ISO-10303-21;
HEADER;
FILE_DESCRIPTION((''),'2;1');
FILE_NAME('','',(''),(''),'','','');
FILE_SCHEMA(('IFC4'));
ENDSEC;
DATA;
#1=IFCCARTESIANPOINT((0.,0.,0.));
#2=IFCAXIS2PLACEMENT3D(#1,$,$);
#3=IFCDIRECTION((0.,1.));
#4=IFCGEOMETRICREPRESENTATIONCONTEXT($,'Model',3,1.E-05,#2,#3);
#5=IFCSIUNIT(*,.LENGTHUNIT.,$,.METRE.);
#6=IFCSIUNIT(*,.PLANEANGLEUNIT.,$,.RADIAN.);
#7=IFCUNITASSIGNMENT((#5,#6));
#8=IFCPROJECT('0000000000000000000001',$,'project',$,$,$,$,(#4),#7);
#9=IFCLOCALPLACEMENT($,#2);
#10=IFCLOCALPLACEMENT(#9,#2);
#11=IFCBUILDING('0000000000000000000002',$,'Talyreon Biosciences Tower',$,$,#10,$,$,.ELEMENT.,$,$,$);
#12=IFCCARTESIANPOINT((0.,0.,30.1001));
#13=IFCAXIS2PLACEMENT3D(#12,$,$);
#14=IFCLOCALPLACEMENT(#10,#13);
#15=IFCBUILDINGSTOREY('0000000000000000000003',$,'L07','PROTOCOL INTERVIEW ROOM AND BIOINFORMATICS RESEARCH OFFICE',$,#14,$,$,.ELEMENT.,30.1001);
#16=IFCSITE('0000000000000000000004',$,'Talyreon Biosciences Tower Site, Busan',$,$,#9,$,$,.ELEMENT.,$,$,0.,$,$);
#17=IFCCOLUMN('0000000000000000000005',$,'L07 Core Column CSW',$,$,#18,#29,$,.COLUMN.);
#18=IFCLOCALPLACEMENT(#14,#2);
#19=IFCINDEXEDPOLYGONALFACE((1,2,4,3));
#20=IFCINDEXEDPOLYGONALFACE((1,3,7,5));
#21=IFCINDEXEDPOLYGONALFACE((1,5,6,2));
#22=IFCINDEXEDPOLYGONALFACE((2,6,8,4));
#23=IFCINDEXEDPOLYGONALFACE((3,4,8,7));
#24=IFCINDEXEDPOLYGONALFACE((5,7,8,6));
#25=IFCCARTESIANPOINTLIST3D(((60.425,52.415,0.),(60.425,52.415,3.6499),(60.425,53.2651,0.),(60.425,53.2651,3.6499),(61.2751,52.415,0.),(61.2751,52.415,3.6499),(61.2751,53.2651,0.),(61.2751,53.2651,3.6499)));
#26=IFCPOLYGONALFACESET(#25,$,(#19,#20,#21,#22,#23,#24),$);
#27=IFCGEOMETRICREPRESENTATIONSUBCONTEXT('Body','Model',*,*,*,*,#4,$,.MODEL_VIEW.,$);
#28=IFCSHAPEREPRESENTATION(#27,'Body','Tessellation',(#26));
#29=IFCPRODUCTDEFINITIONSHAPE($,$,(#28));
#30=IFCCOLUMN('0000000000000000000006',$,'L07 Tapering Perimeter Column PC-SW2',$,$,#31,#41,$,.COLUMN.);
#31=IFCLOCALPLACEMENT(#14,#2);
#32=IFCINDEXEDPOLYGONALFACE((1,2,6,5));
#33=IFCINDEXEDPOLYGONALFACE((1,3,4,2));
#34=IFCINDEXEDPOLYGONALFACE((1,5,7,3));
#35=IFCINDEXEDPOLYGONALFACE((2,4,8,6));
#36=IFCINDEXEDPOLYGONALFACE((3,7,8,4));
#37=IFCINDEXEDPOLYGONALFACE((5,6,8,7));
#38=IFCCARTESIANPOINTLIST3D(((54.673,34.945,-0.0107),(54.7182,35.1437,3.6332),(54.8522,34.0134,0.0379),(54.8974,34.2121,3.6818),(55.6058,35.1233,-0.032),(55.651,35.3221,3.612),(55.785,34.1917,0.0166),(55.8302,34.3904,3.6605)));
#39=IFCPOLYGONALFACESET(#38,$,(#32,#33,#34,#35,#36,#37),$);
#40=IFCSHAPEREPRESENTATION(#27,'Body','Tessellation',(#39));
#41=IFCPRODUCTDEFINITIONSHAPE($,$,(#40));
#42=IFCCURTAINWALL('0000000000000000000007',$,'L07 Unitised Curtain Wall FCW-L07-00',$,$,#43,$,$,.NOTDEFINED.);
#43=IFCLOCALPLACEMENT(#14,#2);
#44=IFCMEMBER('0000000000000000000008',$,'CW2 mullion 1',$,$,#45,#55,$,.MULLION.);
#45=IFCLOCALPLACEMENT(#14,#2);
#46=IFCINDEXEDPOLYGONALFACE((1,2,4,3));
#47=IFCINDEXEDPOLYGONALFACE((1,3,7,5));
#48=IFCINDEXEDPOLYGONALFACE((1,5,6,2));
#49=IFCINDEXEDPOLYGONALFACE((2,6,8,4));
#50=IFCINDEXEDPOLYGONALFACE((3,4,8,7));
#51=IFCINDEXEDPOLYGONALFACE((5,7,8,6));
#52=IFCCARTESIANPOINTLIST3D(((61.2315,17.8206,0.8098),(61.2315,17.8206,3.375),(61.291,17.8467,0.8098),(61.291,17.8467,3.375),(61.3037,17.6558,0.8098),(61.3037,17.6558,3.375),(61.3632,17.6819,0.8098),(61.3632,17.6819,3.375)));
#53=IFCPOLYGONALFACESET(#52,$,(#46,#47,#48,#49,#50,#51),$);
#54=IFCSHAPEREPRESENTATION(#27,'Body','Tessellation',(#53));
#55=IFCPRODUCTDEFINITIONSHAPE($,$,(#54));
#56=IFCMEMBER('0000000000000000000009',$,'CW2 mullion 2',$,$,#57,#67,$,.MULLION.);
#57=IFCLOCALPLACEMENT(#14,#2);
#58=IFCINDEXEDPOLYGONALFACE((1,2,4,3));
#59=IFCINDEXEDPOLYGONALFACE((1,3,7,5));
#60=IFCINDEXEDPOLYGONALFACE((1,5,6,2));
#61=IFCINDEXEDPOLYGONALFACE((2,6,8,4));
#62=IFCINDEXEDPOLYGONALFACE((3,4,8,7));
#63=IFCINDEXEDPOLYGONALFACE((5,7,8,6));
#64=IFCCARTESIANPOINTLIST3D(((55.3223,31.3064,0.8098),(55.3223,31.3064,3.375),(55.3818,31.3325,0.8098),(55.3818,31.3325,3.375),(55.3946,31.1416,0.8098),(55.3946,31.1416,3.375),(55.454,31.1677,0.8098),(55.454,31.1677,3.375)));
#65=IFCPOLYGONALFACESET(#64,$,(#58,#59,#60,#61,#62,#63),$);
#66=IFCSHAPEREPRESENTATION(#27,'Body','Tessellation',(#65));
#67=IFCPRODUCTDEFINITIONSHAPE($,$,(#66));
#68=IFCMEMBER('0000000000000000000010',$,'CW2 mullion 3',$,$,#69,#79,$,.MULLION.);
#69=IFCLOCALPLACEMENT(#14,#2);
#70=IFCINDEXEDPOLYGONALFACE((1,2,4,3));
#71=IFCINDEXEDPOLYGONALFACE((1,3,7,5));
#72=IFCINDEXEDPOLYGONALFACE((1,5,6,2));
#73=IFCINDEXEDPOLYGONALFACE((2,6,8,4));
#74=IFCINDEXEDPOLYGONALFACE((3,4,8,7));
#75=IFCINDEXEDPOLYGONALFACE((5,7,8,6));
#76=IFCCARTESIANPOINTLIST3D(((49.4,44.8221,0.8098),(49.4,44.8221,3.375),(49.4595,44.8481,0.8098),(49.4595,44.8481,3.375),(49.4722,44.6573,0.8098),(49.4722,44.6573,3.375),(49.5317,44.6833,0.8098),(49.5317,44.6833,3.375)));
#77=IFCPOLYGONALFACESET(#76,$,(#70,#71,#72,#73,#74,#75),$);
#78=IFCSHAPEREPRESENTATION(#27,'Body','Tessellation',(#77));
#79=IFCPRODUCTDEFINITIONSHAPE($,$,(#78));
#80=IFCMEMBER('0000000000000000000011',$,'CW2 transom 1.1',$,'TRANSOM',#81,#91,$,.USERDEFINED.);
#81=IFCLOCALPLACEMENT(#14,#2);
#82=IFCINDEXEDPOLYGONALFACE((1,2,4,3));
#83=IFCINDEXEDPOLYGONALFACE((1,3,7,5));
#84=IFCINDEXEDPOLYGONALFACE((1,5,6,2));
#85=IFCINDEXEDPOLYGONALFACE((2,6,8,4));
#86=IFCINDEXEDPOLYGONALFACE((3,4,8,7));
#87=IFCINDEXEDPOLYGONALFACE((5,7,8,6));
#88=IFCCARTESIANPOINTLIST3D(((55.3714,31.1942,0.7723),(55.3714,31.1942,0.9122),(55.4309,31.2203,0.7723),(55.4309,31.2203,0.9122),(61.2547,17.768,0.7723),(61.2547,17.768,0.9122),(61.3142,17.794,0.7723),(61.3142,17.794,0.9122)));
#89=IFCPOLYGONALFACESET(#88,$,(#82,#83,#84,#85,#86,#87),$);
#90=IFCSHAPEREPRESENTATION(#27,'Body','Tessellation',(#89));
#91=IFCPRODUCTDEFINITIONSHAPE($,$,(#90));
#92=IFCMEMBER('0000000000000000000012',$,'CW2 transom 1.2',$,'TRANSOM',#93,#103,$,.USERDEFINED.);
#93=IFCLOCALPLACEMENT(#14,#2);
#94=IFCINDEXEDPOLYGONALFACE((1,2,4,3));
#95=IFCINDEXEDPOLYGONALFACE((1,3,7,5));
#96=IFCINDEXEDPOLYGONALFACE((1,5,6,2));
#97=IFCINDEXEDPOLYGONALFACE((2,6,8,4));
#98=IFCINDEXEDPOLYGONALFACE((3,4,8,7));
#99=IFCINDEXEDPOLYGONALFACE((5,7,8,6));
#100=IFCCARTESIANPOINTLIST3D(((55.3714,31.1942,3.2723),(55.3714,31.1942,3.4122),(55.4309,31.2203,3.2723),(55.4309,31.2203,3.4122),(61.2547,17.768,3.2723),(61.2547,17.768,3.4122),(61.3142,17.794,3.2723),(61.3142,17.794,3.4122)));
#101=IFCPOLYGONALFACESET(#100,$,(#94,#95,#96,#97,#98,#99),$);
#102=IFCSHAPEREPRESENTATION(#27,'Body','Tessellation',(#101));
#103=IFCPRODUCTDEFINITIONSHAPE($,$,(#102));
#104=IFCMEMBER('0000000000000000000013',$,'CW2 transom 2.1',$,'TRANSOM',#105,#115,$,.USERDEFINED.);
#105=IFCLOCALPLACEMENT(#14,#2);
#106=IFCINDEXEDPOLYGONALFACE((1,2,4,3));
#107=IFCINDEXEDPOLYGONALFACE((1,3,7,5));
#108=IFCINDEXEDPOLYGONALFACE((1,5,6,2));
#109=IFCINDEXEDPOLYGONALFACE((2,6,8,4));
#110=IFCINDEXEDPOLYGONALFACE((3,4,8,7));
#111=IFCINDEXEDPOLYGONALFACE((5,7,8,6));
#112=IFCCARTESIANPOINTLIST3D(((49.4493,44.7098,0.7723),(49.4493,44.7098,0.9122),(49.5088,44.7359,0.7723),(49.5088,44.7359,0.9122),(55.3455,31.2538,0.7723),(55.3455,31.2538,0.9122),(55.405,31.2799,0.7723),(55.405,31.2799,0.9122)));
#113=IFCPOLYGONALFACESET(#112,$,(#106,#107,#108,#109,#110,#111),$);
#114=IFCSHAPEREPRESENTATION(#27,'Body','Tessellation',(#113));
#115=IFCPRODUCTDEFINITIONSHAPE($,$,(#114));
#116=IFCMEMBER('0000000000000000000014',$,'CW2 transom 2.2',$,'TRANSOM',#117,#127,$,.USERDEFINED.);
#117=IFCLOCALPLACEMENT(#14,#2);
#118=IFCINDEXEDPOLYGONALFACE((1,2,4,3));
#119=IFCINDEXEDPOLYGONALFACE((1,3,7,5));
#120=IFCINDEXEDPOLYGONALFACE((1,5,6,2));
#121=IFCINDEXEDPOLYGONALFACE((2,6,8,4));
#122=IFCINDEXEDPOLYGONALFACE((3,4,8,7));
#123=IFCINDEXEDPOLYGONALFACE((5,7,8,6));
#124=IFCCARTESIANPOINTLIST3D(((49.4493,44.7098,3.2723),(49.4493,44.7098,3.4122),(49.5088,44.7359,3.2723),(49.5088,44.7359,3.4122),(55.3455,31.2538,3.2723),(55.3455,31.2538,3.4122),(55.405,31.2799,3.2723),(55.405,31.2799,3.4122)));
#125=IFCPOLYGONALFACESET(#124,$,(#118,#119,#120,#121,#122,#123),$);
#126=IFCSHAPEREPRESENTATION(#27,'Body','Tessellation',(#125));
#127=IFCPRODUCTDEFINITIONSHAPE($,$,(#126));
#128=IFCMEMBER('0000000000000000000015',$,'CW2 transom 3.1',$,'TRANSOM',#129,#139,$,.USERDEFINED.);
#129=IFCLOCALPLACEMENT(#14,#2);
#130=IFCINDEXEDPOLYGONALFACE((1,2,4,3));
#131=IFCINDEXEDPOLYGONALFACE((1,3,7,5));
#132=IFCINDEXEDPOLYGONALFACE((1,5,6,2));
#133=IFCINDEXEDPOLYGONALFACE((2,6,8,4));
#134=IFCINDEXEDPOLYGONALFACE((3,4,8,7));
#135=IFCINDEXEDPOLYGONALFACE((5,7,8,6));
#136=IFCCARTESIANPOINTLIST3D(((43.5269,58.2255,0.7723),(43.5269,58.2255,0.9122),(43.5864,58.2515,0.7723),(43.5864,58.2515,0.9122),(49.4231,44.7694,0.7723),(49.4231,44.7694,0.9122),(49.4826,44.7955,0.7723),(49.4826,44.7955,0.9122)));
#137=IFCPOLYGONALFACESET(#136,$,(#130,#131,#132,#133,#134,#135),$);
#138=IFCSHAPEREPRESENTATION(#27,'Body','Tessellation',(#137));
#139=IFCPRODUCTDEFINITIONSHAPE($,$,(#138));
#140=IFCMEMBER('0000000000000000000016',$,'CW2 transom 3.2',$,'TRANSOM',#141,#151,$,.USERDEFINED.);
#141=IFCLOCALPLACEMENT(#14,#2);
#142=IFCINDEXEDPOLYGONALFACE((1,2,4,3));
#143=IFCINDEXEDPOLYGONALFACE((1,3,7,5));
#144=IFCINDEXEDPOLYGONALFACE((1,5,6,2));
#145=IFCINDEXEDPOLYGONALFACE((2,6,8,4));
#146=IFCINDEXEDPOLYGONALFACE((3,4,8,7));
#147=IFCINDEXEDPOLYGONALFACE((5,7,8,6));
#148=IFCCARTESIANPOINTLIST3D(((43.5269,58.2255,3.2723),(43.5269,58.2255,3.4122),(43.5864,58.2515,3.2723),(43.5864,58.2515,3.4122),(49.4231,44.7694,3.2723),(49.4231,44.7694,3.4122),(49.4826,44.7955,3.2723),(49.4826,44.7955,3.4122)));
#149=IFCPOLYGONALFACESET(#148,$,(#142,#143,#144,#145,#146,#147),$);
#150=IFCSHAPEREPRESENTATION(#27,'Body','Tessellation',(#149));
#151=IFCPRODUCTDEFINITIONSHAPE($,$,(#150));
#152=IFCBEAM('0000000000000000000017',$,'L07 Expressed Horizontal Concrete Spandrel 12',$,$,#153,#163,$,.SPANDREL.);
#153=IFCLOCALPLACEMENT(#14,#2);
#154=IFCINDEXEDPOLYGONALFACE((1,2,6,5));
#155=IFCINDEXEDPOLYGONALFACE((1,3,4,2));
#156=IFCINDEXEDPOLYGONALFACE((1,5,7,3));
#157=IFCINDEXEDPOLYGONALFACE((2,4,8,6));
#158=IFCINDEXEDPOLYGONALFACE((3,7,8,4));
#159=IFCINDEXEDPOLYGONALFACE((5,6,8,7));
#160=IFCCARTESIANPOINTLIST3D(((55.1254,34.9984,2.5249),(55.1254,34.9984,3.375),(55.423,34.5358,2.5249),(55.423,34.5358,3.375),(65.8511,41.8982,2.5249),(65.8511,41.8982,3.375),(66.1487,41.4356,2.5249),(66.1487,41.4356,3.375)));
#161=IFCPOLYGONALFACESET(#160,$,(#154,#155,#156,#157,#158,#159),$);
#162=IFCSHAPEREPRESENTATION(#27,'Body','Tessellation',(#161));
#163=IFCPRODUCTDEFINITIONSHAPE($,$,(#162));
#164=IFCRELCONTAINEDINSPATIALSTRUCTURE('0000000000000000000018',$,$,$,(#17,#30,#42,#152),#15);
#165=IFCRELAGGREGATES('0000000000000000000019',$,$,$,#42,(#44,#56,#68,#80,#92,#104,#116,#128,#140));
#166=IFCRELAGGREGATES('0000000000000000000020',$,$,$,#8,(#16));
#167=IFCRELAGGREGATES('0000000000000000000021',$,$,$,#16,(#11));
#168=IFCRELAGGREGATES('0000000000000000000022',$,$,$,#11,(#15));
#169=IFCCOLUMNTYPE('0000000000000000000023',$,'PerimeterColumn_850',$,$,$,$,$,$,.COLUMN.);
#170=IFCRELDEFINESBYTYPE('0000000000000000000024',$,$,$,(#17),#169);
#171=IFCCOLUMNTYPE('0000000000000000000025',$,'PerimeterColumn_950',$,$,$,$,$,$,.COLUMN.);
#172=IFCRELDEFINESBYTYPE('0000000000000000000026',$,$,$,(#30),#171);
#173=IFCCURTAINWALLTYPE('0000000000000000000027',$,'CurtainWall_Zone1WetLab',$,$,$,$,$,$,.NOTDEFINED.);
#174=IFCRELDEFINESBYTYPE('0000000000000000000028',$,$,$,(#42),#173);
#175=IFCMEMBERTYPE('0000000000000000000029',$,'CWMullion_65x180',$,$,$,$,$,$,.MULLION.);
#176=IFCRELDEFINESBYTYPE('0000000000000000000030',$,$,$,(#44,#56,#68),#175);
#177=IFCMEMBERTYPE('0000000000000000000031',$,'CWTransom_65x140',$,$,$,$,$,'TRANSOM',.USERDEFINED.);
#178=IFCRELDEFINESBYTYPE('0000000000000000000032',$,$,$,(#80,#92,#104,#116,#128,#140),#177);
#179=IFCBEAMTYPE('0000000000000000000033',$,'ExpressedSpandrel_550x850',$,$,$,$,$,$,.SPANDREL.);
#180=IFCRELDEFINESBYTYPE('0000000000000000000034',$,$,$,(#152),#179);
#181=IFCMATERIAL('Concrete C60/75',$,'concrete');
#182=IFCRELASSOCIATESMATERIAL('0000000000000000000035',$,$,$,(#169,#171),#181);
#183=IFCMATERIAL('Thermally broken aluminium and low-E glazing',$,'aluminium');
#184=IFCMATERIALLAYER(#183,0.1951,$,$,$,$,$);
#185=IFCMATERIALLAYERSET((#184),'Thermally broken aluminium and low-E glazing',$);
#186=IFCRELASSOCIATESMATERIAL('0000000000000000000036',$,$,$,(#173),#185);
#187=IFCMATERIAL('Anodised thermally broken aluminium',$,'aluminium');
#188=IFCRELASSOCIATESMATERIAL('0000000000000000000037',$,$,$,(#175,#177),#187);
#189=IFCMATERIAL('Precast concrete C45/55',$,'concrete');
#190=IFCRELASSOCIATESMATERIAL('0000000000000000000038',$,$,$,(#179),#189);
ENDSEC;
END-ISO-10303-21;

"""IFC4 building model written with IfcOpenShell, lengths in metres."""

from ifc_helpers import new_model, si_unit, direction, frame, origin, origin_2d, place, context, subcontext, project, spatial, rectangle, extrude, material, layer, layer_set, material_profile, profile_set, type_object, element, aggregate, save


model = new_model("IFC4")

# Units and contexts
model_context = context("Model", 3, precision=1e-05, world=origin(), true_north=direction((0.0, 1.0)))
body_context = subcontext(model_context, "Body", "Model", "MODEL_VIEW")
ifc_project = project(units=[si_unit("LENGTHUNIT", "METRE"), si_unit("PLANEANGLEUNIT", "RADIAN")], contexts=[model_context])

# Site, building, storey
site_placement = place(None, origin())
site = spatial("IfcSite", under=ifc_project, at=site_placement, Name="Talyreon Biosciences Tower Site, Busan", CompositionType="ELEMENT", RefElevation=0.0)
building_placement = place(site_placement, origin())
building = spatial("IfcBuilding", under=site, at=building_placement, Name="Talyreon Biosciences Tower", CompositionType="ELEMENT")
storey_placement = place(building_placement, frame((0.0, 0.0, 30.1001)))
storey = spatial("IfcBuildingStorey", under=building, at=storey_placement, Name="L07", Description="PROTOCOL INTERVIEW ROOM AND BIOINFORMATICS RESEARCH OFFICE", CompositionType="ELEMENT", Elevation=30.1001)

# Columns
ifc_material_1 = material(Name="Concrete C60/75", Category="concrete")
ifc_material_profile_1 = material_profile(ifc_material_1, rectangle(XDim=0.8501, YDim=0.8501, at=origin_2d()), Name="RC 850x850")
ifc_profile_set_1 = profile_set([ifc_material_profile_1], Name="Concrete C60/75")
column_type_1 = type_object("IfcColumnType", Name="PerimeterColumn_850", PredefinedType="COLUMN", material=ifc_profile_set_1)
column_1_placement = place(storey_placement, frame((60.8501, 52.8401, 0.0), z_axis=(0.0, 0.0, 1.0), x_axis=(1.0, 0.0, 0.0)))
element("IfcColumn", 1, at=column_1_placement, inside=storey, type_object=column_type_1, Name="L07 Core Column CSW", PredefinedType="COLUMN", context=body_context, shape_type="SweptSolid", body=[
    extrude(rectangle(XDim=0.8501, YDim=0.8501, at=origin_2d()), origin(), (0.0, 0.0, 1.0), 3.6499),
])
ifc_material_profile_2 = material_profile(ifc_material_1, rectangle(XDim=0.95, YDim=0.95, at=origin_2d()), Name="RC 950x950")
ifc_profile_set_2 = profile_set([ifc_material_profile_2], Name="Concrete C60/75")
column_type_2 = type_object("IfcColumnType", Name="PerimeterColumn_950", PredefinedType="COLUMN", material=ifc_profile_set_2)
column_2_placement = place(storey_placement, frame((55.229, 34.5684, 0.0029), z_axis=(0.012375, 0.054451, 0.99844), x_axis=(-0.188653, 0.980711, -0.051146)))
element("IfcColumn", 2, at=column_2_placement, inside=storey, type_object=column_type_2, Name="L07 Tapering Perimeter Column PC-SW2", PredefinedType="COLUMN", context=body_context, shape_type="SweptSolid", body=[
    extrude(rectangle(XDim=0.95, YDim=0.95, at=origin_2d()), origin(), (0.0, 0.0, 1.0), 3.6497),
])

# Curtain wall, members
ifc_material_2 = material(Name="Thermally broken aluminium and low-E glazing", Category="aluminium")
ifc_layer_1 = layer(ifc_material_2, 0.1951)
ifc_layer_set_1 = layer_set([ifc_layer_1], Name="Thermally broken aluminium and low-E glazing")
curtain_wall_type = type_object("IfcCurtainWallType", Name="CurtainWall_Zone1WetLab", PredefinedType="NOTDEFINED", material=ifc_layer_set_1)
curtain_wall_placement = place(storey_placement, origin())
curtain_wall = element("IfcCurtainWall", 3, at=curtain_wall_placement, inside=storey, type_object=curtain_wall_type, Name="L07 Unitised Curtain Wall FCW-L07-00", PredefinedType="NOTDEFINED")
ifc_material_3 = material(Name="Anodised thermally broken aluminium", Category="aluminium")
ifc_material_profile_3 = material_profile(ifc_material_3, rectangle(XDim=0.0649, YDim=0.1799, at=origin_2d()), Name="ALUM MULLION 65x180")
ifc_profile_set_3 = profile_set([ifc_material_profile_3], Name="Anodised thermally broken aluminium")
member_type_1 = type_object("IfcMemberType", Name="CWMullion_65x180", PredefinedType="MULLION", material=ifc_profile_set_3)
member_1_placement = place(storey_placement, frame((61.2974, 17.7512, 0.8098), z_axis=(0.0, 0.0, 1.0), x_axis=(-0.915927, -0.401345, 0.0)))
member_1 = element("IfcMember", 4, at=member_1_placement, type_object=member_type_1, Name="CW2 mullion 1", PredefinedType="MULLION", context=body_context, shape_type="SweptSolid", body=[
    extrude(rectangle(XDim=0.0649, YDim=0.1799, at=origin_2d()), origin(), (0.0, 0.0, 1.0), 2.5652),
])
member_2_placement = place(storey_placement, frame((55.3882, 31.2371, 0.8098), z_axis=(0.0, 0.0, 1.0), x_axis=(-0.915927, -0.401345, 0.0)))
member_2 = element("IfcMember", 5, at=member_2_placement, type_object=member_type_1, Name="CW2 mullion 2", PredefinedType="MULLION", context=body_context, shape_type="SweptSolid", body=[
    extrude(rectangle(XDim=0.0649, YDim=0.1799, at=origin_2d()), origin(), (0.0, 0.0, 1.0), 2.5652),
])
member_3_placement = place(storey_placement, frame((49.4658, 44.7527, 0.8098), z_axis=(0.0, 0.0, 1.0), x_axis=(-0.915927, -0.401345, 0.0)))
member_3 = element("IfcMember", 6, at=member_3_placement, type_object=member_type_1, Name="CW2 mullion 3", PredefinedType="MULLION", context=body_context, shape_type="SweptSolid", body=[
    extrude(rectangle(XDim=0.0649, YDim=0.1799, at=origin_2d()), origin(), (0.0, 0.0, 1.0), 2.5652),
])
ifc_material_profile_4 = material_profile(ifc_material_3, rectangle(XDim=0.0649, YDim=0.1399, at=origin_2d()), Name="ALUM TRANSOM 65x140")
ifc_profile_set_4 = profile_set([ifc_material_profile_4], Name="Anodised thermally broken aluminium")
member_type_2 = type_object("IfcMemberType", Name="CWTransom_65x140", ElementType="TRANSOM", PredefinedType="USERDEFINED", material=ifc_profile_set_4)
member_4_placement = place(storey_placement, frame((61.2844, 17.781, 0.8423), z_axis=(-0.401352, 0.915924, 0.0), x_axis=(-0.915924, -0.401352, 0.0)))
member_4 = element("IfcMember", 7, at=member_4_placement, type_object=member_type_2, Name="CW2 transom 1.1", ObjectType="TRANSOM", PredefinedType="USERDEFINED", context=body_context, shape_type="SweptSolid", body=[
    extrude(rectangle(XDim=0.0649, YDim=0.1399, at=origin_2d()), origin(), (0.0, 0.0, 1.0), 14.6587),
])
member_5_placement = place(storey_placement, frame((61.2844, 17.781, 3.3423), z_axis=(-0.401352, 0.915924, 0.0), x_axis=(-0.915924, -0.401352, 0.0)))
member_5 = element("IfcMember", 8, at=member_5_placement, type_object=member_type_2, Name="CW2 transom 1.2", ObjectType="TRANSOM", PredefinedType="USERDEFINED", context=body_context, shape_type="SweptSolid", body=[
    extrude(rectangle(XDim=0.0649, YDim=0.1399, at=origin_2d()), origin(), (0.0, 0.0, 1.0), 14.6587),
])
member_6_placement = place(storey_placement, frame((55.3752, 31.2668, 0.8423), z_axis=(-0.401345, 0.915927, 0.0), x_axis=(-0.915927, -0.401345, 0.0)))
member_6 = element("IfcMember", 9, at=member_6_placement, type_object=member_type_2, Name="CW2 transom 2.1", ObjectType="TRANSOM", PredefinedType="USERDEFINED", context=body_context, shape_type="SweptSolid", body=[
    extrude(rectangle(XDim=0.0649, YDim=0.1399, at=origin_2d()), origin(), (0.0, 0.0, 1.0), 14.6912),
])
member_7_placement = place(storey_placement, frame((55.3752, 31.2668, 3.3423), z_axis=(-0.401345, 0.915927, 0.0), x_axis=(-0.915927, -0.401345, 0.0)))
member_7 = element("IfcMember", 10, at=member_7_placement, type_object=member_type_2, Name="CW2 transom 2.2", ObjectType="TRANSOM", PredefinedType="USERDEFINED", context=body_context, shape_type="SweptSolid", body=[
    extrude(rectangle(XDim=0.0649, YDim=0.1399, at=origin_2d()), origin(), (0.0, 0.0, 1.0), 14.6912),
])
member_8_placement = place(storey_placement, frame((49.4529, 44.7825, 0.8423), z_axis=(-0.401345, 0.915927, 0.0), x_axis=(-0.915927, -0.401345, 0.0)))
member_8 = element("IfcMember", 11, at=member_8_placement, type_object=member_type_2, Name="CW2 transom 3.1", ObjectType="TRANSOM", PredefinedType="USERDEFINED", context=body_context, shape_type="SweptSolid", body=[
    extrude(rectangle(XDim=0.0649, YDim=0.1399, at=origin_2d()), origin(), (0.0, 0.0, 1.0), 14.6912),
])
member_9_placement = place(storey_placement, frame((49.4529, 44.7825, 3.3423), z_axis=(-0.401345, 0.915927, 0.0), x_axis=(-0.915927, -0.401345, 0.0)))
member_9 = element("IfcMember", 12, at=member_9_placement, type_object=member_type_2, Name="CW2 transom 3.2", ObjectType="TRANSOM", PredefinedType="USERDEFINED", context=body_context, shape_type="SweptSolid", body=[
    extrude(rectangle(XDim=0.0649, YDim=0.1399, at=origin_2d()), origin(), (0.0, 0.0, 1.0), 14.6912),
])

# Beam
ifc_material_4 = material(Name="Precast concrete C45/55", Category="concrete")
ifc_material_profile_5 = material_profile(ifc_material_4, rectangle(XDim=0.55, YDim=0.8501, at=origin_2d()), Name="RCB 550x850")
ifc_profile_set_5 = profile_set([ifc_material_profile_5], Name="Precast concrete C45/55")
beam_type_1 = type_object("IfcBeamType", Name="ExpressedSpandrel_550x850", PredefinedType="SPANDREL", material=ifc_profile_set_5)
beam_1_placement = place(storey_placement, frame((55.2742, 34.7671, 2.95), z_axis=(0.84101, 0.54102, 0.0), x_axis=(-0.54102, 0.84101, 0.0)))
element("IfcBeam", 13, at=beam_1_placement, inside=storey, type_object=beam_type_1, Name="L07 Expressed Horizontal Concrete Spandrel 12", PredefinedType="SPANDREL", context=body_context, shape_type="SweptSolid", body=[
    extrude(rectangle(XDim=0.55, YDim=0.8501, at=origin_2d()), origin(), (0.0, 0.0, 1.0), 12.7534),
])

aggregate(curtain_wall, [member_1, member_2, member_3, member_4, member_5, member_6, member_7, member_8, member_9])

save(model, "model.ifc")
